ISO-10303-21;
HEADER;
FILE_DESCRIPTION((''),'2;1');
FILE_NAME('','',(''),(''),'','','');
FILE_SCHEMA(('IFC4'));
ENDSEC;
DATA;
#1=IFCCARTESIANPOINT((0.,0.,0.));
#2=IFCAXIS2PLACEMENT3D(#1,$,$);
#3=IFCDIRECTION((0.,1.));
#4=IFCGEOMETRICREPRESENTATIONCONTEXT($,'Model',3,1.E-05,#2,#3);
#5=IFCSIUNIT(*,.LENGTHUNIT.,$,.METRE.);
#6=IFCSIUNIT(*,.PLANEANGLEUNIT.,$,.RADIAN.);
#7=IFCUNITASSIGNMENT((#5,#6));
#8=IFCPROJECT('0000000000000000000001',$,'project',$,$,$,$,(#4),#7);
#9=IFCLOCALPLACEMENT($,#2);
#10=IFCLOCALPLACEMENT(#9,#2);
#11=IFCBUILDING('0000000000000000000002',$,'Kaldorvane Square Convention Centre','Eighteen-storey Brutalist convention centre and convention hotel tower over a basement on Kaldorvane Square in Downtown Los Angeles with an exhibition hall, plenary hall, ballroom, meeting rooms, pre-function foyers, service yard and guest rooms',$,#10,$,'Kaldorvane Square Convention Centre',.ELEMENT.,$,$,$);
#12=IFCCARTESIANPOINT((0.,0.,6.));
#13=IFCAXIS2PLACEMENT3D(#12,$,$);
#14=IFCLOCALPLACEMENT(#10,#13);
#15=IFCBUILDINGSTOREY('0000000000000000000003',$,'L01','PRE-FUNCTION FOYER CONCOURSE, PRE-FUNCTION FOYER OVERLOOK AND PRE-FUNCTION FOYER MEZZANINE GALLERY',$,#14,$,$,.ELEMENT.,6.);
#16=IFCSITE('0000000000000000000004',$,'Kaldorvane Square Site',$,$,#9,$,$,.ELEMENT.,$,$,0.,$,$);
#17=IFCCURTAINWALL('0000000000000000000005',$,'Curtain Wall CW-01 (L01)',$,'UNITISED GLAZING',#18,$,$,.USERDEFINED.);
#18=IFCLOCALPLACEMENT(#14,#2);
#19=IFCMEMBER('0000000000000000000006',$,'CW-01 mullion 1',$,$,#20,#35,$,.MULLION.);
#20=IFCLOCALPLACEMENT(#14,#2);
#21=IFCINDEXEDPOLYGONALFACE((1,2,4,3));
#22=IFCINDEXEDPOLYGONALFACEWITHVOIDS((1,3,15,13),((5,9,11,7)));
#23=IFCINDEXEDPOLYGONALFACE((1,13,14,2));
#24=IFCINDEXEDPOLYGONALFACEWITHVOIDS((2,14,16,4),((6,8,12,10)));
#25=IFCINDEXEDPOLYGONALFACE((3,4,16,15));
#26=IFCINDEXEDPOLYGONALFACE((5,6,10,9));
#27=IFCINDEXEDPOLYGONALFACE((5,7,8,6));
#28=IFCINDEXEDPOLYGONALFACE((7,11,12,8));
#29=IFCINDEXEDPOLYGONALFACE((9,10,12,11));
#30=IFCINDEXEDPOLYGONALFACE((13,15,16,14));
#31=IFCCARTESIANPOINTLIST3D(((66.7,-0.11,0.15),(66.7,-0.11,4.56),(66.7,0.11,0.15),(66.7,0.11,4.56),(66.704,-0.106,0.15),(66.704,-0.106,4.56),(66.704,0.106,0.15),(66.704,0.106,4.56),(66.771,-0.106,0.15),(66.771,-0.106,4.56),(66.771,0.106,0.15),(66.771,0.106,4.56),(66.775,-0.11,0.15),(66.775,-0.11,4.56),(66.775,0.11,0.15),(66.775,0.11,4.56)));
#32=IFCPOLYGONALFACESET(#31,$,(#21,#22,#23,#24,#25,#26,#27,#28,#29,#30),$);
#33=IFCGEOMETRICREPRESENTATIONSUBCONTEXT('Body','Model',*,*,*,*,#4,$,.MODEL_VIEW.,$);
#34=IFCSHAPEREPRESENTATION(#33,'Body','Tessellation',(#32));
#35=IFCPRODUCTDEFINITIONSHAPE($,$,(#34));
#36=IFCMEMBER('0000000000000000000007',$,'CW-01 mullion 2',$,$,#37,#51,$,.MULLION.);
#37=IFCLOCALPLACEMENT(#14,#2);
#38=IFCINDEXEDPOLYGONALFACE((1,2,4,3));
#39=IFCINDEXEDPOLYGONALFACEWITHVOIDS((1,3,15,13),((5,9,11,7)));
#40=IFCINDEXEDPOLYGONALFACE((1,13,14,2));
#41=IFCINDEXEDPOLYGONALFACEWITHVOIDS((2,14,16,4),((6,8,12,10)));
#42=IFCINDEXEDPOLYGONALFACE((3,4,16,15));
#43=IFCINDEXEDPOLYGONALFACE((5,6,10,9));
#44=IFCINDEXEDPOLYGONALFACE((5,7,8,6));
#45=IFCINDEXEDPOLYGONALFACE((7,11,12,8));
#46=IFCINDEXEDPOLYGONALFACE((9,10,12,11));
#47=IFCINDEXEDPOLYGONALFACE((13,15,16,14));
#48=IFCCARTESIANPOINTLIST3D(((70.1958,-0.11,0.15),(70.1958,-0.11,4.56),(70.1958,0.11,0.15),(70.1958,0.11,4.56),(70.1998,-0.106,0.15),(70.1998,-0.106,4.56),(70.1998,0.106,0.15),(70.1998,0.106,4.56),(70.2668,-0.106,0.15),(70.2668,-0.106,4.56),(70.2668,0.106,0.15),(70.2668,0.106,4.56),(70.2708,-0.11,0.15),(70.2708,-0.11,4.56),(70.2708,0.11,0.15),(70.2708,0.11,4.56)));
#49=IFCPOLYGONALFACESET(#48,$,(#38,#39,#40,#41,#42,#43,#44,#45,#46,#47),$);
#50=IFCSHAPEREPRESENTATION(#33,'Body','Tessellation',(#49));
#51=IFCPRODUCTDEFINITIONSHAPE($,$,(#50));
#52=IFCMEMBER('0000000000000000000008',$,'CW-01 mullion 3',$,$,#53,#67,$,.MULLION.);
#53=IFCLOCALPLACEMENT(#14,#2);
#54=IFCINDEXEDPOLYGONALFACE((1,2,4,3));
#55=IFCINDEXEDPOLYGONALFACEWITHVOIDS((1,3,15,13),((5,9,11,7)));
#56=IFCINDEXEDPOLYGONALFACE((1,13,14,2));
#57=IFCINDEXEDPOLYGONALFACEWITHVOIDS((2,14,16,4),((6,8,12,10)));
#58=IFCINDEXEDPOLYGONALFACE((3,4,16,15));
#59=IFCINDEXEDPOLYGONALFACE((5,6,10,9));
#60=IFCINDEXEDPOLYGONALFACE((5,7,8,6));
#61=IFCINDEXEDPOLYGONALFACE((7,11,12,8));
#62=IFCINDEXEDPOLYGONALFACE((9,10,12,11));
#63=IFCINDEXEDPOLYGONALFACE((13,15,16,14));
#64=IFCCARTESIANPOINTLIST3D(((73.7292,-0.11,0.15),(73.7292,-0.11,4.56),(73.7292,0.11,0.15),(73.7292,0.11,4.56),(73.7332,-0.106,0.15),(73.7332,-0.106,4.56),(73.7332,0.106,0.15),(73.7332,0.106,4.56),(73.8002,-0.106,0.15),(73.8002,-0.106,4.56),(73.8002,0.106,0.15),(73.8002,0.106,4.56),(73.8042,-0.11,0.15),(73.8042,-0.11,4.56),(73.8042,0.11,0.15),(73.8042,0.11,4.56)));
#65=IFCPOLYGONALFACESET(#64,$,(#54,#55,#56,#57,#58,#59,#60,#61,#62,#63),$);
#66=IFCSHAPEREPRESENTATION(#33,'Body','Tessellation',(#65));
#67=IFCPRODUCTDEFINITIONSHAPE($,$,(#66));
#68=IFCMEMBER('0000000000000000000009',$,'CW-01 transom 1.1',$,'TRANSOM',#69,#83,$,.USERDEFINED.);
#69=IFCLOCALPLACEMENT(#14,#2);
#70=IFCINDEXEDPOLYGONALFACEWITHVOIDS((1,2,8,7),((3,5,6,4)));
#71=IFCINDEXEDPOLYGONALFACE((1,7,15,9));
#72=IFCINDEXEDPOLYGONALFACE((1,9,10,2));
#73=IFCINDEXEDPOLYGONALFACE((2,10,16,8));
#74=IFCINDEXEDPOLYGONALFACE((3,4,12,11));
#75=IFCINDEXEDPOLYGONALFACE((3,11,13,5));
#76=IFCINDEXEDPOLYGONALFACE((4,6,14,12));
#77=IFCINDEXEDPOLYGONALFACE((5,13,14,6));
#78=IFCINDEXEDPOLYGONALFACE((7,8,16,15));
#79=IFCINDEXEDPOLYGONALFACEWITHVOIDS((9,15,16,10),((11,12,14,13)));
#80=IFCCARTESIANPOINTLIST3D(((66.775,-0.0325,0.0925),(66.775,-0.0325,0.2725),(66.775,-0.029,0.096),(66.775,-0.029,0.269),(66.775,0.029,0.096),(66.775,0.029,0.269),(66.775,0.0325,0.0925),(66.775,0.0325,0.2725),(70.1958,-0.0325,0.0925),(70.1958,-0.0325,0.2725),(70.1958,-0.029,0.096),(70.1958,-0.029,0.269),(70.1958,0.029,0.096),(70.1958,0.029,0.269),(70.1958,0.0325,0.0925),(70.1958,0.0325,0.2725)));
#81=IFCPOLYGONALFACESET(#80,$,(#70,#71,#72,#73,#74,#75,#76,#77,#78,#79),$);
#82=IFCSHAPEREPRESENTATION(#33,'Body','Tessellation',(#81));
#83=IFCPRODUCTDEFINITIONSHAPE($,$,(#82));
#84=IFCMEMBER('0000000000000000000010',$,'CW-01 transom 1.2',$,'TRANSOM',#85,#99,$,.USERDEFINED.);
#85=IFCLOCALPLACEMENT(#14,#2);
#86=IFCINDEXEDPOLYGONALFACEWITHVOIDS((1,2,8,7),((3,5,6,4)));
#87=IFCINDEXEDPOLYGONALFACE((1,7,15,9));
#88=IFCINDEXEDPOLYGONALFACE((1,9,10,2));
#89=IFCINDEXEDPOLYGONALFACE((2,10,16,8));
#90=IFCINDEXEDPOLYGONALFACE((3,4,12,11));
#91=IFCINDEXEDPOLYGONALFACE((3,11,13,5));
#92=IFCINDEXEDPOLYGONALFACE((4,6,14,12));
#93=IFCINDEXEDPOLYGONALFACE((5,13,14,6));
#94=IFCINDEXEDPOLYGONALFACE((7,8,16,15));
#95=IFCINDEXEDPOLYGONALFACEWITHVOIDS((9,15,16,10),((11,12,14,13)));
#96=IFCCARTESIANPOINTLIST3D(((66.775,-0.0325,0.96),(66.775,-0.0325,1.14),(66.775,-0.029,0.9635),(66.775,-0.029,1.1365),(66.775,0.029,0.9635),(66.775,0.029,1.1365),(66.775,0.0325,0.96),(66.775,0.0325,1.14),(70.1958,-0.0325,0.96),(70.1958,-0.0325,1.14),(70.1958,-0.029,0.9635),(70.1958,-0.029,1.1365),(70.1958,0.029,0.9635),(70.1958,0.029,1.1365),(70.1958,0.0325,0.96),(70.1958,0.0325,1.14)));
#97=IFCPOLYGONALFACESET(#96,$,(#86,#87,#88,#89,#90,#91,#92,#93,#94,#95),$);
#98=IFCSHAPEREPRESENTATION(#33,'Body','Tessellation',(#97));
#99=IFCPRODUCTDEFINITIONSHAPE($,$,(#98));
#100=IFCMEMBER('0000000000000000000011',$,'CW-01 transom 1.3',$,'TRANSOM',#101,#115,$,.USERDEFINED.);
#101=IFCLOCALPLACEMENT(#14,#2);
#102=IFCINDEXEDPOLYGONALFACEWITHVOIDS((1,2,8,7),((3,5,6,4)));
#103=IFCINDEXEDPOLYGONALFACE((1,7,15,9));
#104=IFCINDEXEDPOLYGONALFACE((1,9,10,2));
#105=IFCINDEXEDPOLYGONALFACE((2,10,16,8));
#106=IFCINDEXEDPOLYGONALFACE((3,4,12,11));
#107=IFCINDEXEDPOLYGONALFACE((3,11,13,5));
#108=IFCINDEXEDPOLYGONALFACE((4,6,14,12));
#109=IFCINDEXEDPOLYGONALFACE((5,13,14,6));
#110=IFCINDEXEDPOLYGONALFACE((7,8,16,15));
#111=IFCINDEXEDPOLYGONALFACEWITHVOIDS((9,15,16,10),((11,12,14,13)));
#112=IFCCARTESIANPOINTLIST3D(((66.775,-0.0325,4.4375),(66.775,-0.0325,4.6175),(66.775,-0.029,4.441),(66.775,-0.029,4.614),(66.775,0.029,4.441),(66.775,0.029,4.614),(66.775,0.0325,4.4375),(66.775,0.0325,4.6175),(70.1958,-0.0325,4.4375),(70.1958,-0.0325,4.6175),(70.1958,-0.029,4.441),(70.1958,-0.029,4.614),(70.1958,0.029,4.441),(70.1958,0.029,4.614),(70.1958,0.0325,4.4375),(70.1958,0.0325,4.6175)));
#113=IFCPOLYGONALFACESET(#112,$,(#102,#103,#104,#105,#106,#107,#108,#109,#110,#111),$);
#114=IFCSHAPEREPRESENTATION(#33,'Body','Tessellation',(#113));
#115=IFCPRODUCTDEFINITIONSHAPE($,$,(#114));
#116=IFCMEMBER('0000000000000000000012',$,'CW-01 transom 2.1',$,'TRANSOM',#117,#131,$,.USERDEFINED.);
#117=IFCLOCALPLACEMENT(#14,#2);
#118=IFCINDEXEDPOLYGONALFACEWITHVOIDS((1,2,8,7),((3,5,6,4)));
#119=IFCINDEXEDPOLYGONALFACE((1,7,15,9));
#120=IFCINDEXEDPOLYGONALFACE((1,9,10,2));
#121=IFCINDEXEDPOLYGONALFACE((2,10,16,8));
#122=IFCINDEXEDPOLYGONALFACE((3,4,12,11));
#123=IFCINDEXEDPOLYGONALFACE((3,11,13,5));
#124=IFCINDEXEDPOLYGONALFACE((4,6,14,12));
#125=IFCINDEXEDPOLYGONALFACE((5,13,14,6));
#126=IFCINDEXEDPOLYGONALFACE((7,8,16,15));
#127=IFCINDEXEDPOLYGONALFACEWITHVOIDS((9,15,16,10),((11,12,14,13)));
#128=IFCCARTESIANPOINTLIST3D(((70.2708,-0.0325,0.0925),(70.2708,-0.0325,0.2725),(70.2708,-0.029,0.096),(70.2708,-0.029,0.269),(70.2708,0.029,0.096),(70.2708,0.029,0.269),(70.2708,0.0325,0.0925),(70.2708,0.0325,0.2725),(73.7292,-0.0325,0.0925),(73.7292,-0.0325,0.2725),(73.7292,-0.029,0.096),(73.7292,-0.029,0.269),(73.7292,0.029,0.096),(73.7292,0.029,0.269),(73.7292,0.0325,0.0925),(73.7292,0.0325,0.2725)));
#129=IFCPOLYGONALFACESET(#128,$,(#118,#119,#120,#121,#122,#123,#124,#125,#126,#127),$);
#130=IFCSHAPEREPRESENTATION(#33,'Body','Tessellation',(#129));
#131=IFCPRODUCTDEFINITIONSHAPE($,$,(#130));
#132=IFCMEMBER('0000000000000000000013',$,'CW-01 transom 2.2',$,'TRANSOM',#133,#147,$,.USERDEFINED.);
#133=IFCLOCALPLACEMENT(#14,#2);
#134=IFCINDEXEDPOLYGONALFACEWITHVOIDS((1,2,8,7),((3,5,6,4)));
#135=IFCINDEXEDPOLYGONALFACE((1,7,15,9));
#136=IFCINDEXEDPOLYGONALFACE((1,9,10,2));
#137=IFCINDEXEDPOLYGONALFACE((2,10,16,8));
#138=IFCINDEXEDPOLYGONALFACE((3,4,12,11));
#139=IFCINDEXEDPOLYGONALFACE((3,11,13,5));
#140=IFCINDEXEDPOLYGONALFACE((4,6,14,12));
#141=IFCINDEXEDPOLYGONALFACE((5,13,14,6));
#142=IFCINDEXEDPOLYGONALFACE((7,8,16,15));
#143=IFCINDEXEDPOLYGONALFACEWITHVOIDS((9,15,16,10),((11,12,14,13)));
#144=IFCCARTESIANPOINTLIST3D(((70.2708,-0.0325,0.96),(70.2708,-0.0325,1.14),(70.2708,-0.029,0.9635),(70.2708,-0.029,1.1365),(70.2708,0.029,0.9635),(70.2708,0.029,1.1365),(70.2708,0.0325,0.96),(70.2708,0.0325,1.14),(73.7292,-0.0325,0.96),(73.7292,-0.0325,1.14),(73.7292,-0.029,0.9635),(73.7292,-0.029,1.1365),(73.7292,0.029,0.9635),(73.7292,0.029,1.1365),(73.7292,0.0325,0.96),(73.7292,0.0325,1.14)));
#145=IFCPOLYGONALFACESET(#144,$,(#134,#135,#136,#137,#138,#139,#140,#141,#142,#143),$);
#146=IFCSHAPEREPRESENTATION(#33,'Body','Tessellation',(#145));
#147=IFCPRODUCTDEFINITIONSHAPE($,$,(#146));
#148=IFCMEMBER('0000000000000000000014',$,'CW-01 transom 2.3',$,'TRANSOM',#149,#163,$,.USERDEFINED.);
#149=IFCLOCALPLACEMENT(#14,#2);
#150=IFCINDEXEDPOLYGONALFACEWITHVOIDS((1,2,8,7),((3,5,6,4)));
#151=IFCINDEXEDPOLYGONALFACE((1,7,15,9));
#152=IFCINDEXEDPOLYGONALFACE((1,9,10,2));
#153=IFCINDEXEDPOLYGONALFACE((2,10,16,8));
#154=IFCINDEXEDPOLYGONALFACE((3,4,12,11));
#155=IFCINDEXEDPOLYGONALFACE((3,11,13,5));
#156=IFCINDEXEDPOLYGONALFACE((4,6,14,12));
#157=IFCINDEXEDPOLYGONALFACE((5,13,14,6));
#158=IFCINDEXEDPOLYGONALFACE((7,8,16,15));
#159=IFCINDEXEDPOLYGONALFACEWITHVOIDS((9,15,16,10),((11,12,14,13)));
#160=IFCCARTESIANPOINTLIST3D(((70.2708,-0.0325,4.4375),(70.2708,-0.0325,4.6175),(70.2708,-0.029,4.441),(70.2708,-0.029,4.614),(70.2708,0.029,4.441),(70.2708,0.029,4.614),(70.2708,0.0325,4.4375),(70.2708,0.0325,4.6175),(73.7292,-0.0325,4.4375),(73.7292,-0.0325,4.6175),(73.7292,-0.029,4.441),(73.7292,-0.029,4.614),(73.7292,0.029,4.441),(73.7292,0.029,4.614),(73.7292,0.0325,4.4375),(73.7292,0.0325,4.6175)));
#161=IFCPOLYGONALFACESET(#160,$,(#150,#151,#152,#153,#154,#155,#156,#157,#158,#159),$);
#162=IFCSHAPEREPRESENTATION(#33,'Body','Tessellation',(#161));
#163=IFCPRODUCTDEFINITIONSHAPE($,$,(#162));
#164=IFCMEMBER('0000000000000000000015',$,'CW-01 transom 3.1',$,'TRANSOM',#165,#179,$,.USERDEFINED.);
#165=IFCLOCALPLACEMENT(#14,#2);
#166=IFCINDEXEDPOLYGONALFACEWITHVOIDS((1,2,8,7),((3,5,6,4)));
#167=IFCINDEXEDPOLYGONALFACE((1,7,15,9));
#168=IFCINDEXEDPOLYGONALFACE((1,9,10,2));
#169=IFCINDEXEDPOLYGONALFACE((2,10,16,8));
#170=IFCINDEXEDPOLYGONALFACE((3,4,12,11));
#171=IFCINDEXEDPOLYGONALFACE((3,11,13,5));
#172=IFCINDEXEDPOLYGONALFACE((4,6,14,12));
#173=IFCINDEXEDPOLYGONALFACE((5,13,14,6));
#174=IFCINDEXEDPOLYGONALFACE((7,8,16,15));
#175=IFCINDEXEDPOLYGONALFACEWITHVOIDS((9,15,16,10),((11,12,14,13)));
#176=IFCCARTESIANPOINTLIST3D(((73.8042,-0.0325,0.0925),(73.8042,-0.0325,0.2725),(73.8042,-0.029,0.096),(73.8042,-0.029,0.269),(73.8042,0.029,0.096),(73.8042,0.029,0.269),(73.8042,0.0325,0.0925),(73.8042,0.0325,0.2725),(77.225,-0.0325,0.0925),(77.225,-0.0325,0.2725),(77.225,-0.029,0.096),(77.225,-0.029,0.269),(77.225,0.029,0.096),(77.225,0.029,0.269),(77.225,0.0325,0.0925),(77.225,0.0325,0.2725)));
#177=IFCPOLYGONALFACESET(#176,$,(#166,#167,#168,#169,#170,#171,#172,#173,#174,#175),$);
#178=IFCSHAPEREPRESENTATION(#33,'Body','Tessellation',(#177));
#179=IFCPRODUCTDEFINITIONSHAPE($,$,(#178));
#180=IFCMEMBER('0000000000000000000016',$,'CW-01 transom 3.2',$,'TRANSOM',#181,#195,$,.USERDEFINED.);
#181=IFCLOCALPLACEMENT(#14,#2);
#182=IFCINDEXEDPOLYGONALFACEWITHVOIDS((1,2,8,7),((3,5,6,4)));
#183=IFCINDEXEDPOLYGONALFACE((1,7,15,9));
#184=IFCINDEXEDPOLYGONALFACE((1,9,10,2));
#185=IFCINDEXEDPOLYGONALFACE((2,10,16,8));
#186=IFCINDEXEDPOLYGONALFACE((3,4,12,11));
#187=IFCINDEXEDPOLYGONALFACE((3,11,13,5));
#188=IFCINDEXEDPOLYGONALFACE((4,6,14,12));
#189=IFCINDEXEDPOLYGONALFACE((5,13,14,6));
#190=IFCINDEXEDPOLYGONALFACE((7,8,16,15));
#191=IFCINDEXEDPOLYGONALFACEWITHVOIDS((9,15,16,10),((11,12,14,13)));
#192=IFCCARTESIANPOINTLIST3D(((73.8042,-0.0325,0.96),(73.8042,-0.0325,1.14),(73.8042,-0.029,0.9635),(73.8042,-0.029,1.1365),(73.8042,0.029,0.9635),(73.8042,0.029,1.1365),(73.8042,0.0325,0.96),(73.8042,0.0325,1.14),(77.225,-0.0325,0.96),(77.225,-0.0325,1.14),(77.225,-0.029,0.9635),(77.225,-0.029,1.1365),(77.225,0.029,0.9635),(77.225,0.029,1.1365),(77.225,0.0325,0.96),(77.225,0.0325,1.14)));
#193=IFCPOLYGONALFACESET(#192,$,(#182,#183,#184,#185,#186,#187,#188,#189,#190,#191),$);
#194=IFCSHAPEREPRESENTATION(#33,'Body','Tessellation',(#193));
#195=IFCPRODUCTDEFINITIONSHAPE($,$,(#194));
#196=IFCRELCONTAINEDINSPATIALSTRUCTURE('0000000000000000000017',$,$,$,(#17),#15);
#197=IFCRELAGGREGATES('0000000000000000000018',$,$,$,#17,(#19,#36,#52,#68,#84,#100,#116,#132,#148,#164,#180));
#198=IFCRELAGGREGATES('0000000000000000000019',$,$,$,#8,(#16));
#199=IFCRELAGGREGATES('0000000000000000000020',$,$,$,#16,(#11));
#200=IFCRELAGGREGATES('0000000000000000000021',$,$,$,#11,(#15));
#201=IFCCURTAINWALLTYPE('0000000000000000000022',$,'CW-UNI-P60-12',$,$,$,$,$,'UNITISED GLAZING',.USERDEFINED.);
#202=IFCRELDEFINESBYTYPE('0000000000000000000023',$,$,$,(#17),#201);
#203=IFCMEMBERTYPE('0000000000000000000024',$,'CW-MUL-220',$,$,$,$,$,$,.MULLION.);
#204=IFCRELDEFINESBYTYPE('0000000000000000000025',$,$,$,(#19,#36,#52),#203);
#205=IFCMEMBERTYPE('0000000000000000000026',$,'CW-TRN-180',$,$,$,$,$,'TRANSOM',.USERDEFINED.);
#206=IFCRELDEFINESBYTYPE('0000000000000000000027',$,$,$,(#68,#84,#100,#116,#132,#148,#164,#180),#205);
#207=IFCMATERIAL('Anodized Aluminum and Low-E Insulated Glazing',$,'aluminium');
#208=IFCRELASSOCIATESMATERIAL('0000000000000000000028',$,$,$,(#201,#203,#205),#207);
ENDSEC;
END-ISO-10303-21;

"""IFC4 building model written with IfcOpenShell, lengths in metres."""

from ifc_helpers import new_model, si_unit, direction, frame, origin, origin_2d, place, context, subcontext, project, spatial, hollow_rectangle, extrude, material, material_profile, profile_set, type_object, element, aggregate, save


model = new_model("IFC4")

# Units and contexts
model_context = context("Model", 3, precision=1e-05, world=origin(), true_north=direction((0.0, 1.0)))
body_context = subcontext(model_context, "Body", "Model", "MODEL_VIEW")
ifc_project = project(units=[si_unit("LENGTHUNIT", "METRE"), si_unit("PLANEANGLEUNIT", "RADIAN")], contexts=[model_context])

# Site, building, storey
site_placement = place(None, origin())
site = spatial("IfcSite", under=ifc_project, at=site_placement, Name="Kaldorvane Square Site", CompositionType="ELEMENT", RefElevation=0.0)
building_placement = place(site_placement, origin())
building = spatial("IfcBuilding", under=site, at=building_placement, Name="Kaldorvane Square Convention Centre", Description="Eighteen-storey Brutalist convention centre and convention hotel tower over a basement on Kaldorvane Square in Downtown Los Angeles with an exhibition hall, plenary hall, ballroom, meeting rooms, pre-function foyers, service yard and guest rooms", LongName="Kaldorvane Square Convention Centre", CompositionType="ELEMENT")
storey_placement = place(building_placement, frame((0.0, 0.0, 6.0)))
storey = spatial("IfcBuildingStorey", under=building, at=storey_placement, Name="L01", Description="PRE-FUNCTION FOYER CONCOURSE, PRE-FUNCTION FOYER OVERLOOK AND PRE-FUNCTION FOYER MEZZANINE GALLERY", CompositionType="ELEMENT", Elevation=6.0)

# Curtain wall, members
ifc_material_1 = material(Name="Anodized Aluminum and Low-E Insulated Glazing", Category="aluminium")
curtain_wall_type = type_object("IfcCurtainWallType", Name="CW-UNI-P60-12", ElementType="UNITISED GLAZING", PredefinedType="USERDEFINED", material=ifc_material_1)
curtain_wall_placement = place(storey_placement, origin())
curtain_wall = element("IfcCurtainWall", 1, at=curtain_wall_placement, inside=storey, type_object=curtain_wall_type, Name="Curtain Wall CW-01 (L01)", ObjectType="UNITISED GLAZING", PredefinedType="USERDEFINED")
ifc_material_profile_1 = material_profile(ifc_material_1, hollow_rectangle(XDim=0.075, YDim=0.22, WallThickness=0.004, at=origin_2d()), Name="CWM-220X75")
ifc_profile_set_1 = profile_set([ifc_material_profile_1], Name="Anodized Aluminum and Low-E Insulated Glazing")
member_type_1 = type_object("IfcMemberType", Name="CW-MUL-220", PredefinedType="MULLION", material=ifc_profile_set_1)
member_1_placement = place(storey_placement, frame((66.7375, 0.0, 0.15), z_axis=(0.0, 0.0, 1.0), x_axis=(1.0, 0.0, 0.0)))
member_1 = element("IfcMember", 2, at=member_1_placement, type_object=member_type_1, Name="CW-01 mullion 1", PredefinedType="MULLION", context=body_context, shape_type="SweptSolid", body=[
    extrude(hollow_rectangle(XDim=0.075, YDim=0.22, WallThickness=0.004, at=origin_2d()), origin(), (0.0, 0.0, 1.0), 4.41),
])
member_2_placement = place(storey_placement, frame((70.2333, 0.0, 0.15), z_axis=(0.0, 0.0, 1.0), x_axis=(1.0, 0.0, 0.0)))
member_2 = element("IfcMember", 3, at=member_2_placement, type_object=member_type_1, Name="CW-01 mullion 2", PredefinedType="MULLION", context=body_context, shape_type="SweptSolid", body=[
    extrude(hollow_rectangle(XDim=0.075, YDim=0.22, WallThickness=0.004, at=origin_2d()), origin(), (0.0, 0.0, 1.0), 4.41),
])
member_3_placement = place(storey_placement, frame((73.7667, 0.0, 0.15), z_axis=(0.0, 0.0, 1.0), x_axis=(1.0, 0.0, 0.0)))
member_3 = element("IfcMember", 4, at=member_3_placement, type_object=member_type_1, Name="CW-01 mullion 3", PredefinedType="MULLION", context=body_context, shape_type="SweptSolid", body=[
    extrude(hollow_rectangle(XDim=0.075, YDim=0.22, WallThickness=0.004, at=origin_2d()), origin(), (0.0, 0.0, 1.0), 4.41),
])
ifc_material_profile_2 = material_profile(ifc_material_1, hollow_rectangle(XDim=0.065, YDim=0.18, WallThickness=0.0035, at=origin_2d()), Name="CWT-180X65")
ifc_profile_set_2 = profile_set([ifc_material_profile_2], Name="Anodized Aluminum and Low-E Insulated Glazing")
member_type_2 = type_object("IfcMemberType", Name="CW-TRN-180", ElementType="TRANSOM", PredefinedType="USERDEFINED", material=ifc_profile_set_2)
member_4_placement = place(storey_placement, frame((66.775, 0.0, 0.1825), z_axis=(1.0, 0.0, 0.0), x_axis=(0.0, 1.0, 0.0)))
member_4 = element("IfcMember", 5, at=member_4_placement, type_object=member_type_2, Name="CW-01 transom 1.1", ObjectType="TRANSOM", PredefinedType="USERDEFINED", context=body_context, shape_type="SweptSolid", body=[
    extrude(hollow_rectangle(XDim=0.065, YDim=0.18, WallThickness=0.0035, at=origin_2d()), origin(), (0.0, 0.0, 1.0), 3.4208),
])
member_5_placement = place(storey_placement, frame((66.775, 0.0, 1.05), z_axis=(1.0, 0.0, 0.0), x_axis=(0.0, 1.0, 0.0)))
member_5 = element("IfcMember", 6, at=member_5_placement, type_object=member_type_2, Name="CW-01 transom 1.2", ObjectType="TRANSOM", PredefinedType="USERDEFINED", context=body_context, shape_type="SweptSolid", body=[
    extrude(hollow_rectangle(XDim=0.065, YDim=0.18, WallThickness=0.0035, at=origin_2d()), origin(), (0.0, 0.0, 1.0), 3.4208),
])
member_6_placement = place(storey_placement, frame((66.775, 0.0, 4.5275), z_axis=(1.0, 0.0, 0.0), x_axis=(0.0, 1.0, 0.0)))
member_6 = element("IfcMember", 7, at=member_6_placement, type_object=member_type_2, Name="CW-01 transom 1.3", ObjectType="TRANSOM", PredefinedType="USERDEFINED", context=body_context, shape_type="SweptSolid", body=[
    extrude(hollow_rectangle(XDim=0.065, YDim=0.18, WallThickness=0.0035, at=origin_2d()), origin(), (0.0, 0.0, 1.0), 3.4208),
])
member_7_placement = place(storey_placement, frame((70.2708, 0.0, 0.1825), z_axis=(1.0, 0.0, 0.0), x_axis=(0.0, 1.0, 0.0)))
member_7 = element("IfcMember", 8, at=member_7_placement, type_object=member_type_2, Name="CW-01 transom 2.1", ObjectType="TRANSOM", PredefinedType="USERDEFINED", context=body_context, shape_type="SweptSolid", body=[
    extrude(hollow_rectangle(XDim=0.065, YDim=0.18, WallThickness=0.0035, at=origin_2d()), origin(), (0.0, 0.0, 1.0), 3.4583),
])
member_8_placement = place(storey_placement, frame((70.2708, 0.0, 1.05), z_axis=(1.0, 0.0, 0.0), x_axis=(0.0, 1.0, 0.0)))
member_8 = element("IfcMember", 9, at=member_8_placement, type_object=member_type_2, Name="CW-01 transom 2.2", ObjectType="TRANSOM", PredefinedType="USERDEFINED", context=body_context, shape_type="SweptSolid", body=[
    extrude(hollow_rectangle(XDim=0.065, YDim=0.18, WallThickness=0.0035, at=origin_2d()), origin(), (0.0, 0.0, 1.0), 3.4583),
])
member_9_placement = place(storey_placement, frame((70.2708, 0.0, 4.5275), z_axis=(1.0, 0.0, 0.0), x_axis=(0.0, 1.0, 0.0)))
member_9 = element("IfcMember", 10, at=member_9_placement, type_object=member_type_2, Name="CW-01 transom 2.3", ObjectType="TRANSOM", PredefinedType="USERDEFINED", context=body_context, shape_type="SweptSolid", body=[
    extrude(hollow_rectangle(XDim=0.065, YDim=0.18, WallThickness=0.0035, at=origin_2d()), origin(), (0.0, 0.0, 1.0), 3.4583),
])
member_10_placement = place(storey_placement, frame((73.8042, 0.0, 0.1825), z_axis=(1.0, 0.0, 0.0), x_axis=(0.0, 1.0, 0.0)))
member_10 = element("IfcMember", 11, at=member_10_placement, type_object=member_type_2, Name="CW-01 transom 3.1", ObjectType="TRANSOM", PredefinedType="USERDEFINED", context=body_context, shape_type="SweptSolid", body=[
    extrude(hollow_rectangle(XDim=0.065, YDim=0.18, WallThickness=0.0035, at=origin_2d()), origin(), (0.0, 0.0, 1.0), 3.4208),
])
member_11_placement = place(storey_placement, frame((73.8042, 0.0, 1.05), z_axis=(1.0, 0.0, 0.0), x_axis=(0.0, 1.0, 0.0)))
member_11 = element("IfcMember", 12, at=member_11_placement, type_object=member_type_2, Name="CW-01 transom 3.2", ObjectType="TRANSOM", PredefinedType="USERDEFINED", context=body_context, shape_type="SweptSolid", body=[
    extrude(hollow_rectangle(XDim=0.065, YDim=0.18, WallThickness=0.0035, at=origin_2d()), origin(), (0.0, 0.0, 1.0), 3.4208),
])
aggregate(curtain_wall, [member_1, member_2, member_3, member_4, member_5, member_6, member_7, member_8, member_9, member_10, member_11])

save(model, "model.ifc")
